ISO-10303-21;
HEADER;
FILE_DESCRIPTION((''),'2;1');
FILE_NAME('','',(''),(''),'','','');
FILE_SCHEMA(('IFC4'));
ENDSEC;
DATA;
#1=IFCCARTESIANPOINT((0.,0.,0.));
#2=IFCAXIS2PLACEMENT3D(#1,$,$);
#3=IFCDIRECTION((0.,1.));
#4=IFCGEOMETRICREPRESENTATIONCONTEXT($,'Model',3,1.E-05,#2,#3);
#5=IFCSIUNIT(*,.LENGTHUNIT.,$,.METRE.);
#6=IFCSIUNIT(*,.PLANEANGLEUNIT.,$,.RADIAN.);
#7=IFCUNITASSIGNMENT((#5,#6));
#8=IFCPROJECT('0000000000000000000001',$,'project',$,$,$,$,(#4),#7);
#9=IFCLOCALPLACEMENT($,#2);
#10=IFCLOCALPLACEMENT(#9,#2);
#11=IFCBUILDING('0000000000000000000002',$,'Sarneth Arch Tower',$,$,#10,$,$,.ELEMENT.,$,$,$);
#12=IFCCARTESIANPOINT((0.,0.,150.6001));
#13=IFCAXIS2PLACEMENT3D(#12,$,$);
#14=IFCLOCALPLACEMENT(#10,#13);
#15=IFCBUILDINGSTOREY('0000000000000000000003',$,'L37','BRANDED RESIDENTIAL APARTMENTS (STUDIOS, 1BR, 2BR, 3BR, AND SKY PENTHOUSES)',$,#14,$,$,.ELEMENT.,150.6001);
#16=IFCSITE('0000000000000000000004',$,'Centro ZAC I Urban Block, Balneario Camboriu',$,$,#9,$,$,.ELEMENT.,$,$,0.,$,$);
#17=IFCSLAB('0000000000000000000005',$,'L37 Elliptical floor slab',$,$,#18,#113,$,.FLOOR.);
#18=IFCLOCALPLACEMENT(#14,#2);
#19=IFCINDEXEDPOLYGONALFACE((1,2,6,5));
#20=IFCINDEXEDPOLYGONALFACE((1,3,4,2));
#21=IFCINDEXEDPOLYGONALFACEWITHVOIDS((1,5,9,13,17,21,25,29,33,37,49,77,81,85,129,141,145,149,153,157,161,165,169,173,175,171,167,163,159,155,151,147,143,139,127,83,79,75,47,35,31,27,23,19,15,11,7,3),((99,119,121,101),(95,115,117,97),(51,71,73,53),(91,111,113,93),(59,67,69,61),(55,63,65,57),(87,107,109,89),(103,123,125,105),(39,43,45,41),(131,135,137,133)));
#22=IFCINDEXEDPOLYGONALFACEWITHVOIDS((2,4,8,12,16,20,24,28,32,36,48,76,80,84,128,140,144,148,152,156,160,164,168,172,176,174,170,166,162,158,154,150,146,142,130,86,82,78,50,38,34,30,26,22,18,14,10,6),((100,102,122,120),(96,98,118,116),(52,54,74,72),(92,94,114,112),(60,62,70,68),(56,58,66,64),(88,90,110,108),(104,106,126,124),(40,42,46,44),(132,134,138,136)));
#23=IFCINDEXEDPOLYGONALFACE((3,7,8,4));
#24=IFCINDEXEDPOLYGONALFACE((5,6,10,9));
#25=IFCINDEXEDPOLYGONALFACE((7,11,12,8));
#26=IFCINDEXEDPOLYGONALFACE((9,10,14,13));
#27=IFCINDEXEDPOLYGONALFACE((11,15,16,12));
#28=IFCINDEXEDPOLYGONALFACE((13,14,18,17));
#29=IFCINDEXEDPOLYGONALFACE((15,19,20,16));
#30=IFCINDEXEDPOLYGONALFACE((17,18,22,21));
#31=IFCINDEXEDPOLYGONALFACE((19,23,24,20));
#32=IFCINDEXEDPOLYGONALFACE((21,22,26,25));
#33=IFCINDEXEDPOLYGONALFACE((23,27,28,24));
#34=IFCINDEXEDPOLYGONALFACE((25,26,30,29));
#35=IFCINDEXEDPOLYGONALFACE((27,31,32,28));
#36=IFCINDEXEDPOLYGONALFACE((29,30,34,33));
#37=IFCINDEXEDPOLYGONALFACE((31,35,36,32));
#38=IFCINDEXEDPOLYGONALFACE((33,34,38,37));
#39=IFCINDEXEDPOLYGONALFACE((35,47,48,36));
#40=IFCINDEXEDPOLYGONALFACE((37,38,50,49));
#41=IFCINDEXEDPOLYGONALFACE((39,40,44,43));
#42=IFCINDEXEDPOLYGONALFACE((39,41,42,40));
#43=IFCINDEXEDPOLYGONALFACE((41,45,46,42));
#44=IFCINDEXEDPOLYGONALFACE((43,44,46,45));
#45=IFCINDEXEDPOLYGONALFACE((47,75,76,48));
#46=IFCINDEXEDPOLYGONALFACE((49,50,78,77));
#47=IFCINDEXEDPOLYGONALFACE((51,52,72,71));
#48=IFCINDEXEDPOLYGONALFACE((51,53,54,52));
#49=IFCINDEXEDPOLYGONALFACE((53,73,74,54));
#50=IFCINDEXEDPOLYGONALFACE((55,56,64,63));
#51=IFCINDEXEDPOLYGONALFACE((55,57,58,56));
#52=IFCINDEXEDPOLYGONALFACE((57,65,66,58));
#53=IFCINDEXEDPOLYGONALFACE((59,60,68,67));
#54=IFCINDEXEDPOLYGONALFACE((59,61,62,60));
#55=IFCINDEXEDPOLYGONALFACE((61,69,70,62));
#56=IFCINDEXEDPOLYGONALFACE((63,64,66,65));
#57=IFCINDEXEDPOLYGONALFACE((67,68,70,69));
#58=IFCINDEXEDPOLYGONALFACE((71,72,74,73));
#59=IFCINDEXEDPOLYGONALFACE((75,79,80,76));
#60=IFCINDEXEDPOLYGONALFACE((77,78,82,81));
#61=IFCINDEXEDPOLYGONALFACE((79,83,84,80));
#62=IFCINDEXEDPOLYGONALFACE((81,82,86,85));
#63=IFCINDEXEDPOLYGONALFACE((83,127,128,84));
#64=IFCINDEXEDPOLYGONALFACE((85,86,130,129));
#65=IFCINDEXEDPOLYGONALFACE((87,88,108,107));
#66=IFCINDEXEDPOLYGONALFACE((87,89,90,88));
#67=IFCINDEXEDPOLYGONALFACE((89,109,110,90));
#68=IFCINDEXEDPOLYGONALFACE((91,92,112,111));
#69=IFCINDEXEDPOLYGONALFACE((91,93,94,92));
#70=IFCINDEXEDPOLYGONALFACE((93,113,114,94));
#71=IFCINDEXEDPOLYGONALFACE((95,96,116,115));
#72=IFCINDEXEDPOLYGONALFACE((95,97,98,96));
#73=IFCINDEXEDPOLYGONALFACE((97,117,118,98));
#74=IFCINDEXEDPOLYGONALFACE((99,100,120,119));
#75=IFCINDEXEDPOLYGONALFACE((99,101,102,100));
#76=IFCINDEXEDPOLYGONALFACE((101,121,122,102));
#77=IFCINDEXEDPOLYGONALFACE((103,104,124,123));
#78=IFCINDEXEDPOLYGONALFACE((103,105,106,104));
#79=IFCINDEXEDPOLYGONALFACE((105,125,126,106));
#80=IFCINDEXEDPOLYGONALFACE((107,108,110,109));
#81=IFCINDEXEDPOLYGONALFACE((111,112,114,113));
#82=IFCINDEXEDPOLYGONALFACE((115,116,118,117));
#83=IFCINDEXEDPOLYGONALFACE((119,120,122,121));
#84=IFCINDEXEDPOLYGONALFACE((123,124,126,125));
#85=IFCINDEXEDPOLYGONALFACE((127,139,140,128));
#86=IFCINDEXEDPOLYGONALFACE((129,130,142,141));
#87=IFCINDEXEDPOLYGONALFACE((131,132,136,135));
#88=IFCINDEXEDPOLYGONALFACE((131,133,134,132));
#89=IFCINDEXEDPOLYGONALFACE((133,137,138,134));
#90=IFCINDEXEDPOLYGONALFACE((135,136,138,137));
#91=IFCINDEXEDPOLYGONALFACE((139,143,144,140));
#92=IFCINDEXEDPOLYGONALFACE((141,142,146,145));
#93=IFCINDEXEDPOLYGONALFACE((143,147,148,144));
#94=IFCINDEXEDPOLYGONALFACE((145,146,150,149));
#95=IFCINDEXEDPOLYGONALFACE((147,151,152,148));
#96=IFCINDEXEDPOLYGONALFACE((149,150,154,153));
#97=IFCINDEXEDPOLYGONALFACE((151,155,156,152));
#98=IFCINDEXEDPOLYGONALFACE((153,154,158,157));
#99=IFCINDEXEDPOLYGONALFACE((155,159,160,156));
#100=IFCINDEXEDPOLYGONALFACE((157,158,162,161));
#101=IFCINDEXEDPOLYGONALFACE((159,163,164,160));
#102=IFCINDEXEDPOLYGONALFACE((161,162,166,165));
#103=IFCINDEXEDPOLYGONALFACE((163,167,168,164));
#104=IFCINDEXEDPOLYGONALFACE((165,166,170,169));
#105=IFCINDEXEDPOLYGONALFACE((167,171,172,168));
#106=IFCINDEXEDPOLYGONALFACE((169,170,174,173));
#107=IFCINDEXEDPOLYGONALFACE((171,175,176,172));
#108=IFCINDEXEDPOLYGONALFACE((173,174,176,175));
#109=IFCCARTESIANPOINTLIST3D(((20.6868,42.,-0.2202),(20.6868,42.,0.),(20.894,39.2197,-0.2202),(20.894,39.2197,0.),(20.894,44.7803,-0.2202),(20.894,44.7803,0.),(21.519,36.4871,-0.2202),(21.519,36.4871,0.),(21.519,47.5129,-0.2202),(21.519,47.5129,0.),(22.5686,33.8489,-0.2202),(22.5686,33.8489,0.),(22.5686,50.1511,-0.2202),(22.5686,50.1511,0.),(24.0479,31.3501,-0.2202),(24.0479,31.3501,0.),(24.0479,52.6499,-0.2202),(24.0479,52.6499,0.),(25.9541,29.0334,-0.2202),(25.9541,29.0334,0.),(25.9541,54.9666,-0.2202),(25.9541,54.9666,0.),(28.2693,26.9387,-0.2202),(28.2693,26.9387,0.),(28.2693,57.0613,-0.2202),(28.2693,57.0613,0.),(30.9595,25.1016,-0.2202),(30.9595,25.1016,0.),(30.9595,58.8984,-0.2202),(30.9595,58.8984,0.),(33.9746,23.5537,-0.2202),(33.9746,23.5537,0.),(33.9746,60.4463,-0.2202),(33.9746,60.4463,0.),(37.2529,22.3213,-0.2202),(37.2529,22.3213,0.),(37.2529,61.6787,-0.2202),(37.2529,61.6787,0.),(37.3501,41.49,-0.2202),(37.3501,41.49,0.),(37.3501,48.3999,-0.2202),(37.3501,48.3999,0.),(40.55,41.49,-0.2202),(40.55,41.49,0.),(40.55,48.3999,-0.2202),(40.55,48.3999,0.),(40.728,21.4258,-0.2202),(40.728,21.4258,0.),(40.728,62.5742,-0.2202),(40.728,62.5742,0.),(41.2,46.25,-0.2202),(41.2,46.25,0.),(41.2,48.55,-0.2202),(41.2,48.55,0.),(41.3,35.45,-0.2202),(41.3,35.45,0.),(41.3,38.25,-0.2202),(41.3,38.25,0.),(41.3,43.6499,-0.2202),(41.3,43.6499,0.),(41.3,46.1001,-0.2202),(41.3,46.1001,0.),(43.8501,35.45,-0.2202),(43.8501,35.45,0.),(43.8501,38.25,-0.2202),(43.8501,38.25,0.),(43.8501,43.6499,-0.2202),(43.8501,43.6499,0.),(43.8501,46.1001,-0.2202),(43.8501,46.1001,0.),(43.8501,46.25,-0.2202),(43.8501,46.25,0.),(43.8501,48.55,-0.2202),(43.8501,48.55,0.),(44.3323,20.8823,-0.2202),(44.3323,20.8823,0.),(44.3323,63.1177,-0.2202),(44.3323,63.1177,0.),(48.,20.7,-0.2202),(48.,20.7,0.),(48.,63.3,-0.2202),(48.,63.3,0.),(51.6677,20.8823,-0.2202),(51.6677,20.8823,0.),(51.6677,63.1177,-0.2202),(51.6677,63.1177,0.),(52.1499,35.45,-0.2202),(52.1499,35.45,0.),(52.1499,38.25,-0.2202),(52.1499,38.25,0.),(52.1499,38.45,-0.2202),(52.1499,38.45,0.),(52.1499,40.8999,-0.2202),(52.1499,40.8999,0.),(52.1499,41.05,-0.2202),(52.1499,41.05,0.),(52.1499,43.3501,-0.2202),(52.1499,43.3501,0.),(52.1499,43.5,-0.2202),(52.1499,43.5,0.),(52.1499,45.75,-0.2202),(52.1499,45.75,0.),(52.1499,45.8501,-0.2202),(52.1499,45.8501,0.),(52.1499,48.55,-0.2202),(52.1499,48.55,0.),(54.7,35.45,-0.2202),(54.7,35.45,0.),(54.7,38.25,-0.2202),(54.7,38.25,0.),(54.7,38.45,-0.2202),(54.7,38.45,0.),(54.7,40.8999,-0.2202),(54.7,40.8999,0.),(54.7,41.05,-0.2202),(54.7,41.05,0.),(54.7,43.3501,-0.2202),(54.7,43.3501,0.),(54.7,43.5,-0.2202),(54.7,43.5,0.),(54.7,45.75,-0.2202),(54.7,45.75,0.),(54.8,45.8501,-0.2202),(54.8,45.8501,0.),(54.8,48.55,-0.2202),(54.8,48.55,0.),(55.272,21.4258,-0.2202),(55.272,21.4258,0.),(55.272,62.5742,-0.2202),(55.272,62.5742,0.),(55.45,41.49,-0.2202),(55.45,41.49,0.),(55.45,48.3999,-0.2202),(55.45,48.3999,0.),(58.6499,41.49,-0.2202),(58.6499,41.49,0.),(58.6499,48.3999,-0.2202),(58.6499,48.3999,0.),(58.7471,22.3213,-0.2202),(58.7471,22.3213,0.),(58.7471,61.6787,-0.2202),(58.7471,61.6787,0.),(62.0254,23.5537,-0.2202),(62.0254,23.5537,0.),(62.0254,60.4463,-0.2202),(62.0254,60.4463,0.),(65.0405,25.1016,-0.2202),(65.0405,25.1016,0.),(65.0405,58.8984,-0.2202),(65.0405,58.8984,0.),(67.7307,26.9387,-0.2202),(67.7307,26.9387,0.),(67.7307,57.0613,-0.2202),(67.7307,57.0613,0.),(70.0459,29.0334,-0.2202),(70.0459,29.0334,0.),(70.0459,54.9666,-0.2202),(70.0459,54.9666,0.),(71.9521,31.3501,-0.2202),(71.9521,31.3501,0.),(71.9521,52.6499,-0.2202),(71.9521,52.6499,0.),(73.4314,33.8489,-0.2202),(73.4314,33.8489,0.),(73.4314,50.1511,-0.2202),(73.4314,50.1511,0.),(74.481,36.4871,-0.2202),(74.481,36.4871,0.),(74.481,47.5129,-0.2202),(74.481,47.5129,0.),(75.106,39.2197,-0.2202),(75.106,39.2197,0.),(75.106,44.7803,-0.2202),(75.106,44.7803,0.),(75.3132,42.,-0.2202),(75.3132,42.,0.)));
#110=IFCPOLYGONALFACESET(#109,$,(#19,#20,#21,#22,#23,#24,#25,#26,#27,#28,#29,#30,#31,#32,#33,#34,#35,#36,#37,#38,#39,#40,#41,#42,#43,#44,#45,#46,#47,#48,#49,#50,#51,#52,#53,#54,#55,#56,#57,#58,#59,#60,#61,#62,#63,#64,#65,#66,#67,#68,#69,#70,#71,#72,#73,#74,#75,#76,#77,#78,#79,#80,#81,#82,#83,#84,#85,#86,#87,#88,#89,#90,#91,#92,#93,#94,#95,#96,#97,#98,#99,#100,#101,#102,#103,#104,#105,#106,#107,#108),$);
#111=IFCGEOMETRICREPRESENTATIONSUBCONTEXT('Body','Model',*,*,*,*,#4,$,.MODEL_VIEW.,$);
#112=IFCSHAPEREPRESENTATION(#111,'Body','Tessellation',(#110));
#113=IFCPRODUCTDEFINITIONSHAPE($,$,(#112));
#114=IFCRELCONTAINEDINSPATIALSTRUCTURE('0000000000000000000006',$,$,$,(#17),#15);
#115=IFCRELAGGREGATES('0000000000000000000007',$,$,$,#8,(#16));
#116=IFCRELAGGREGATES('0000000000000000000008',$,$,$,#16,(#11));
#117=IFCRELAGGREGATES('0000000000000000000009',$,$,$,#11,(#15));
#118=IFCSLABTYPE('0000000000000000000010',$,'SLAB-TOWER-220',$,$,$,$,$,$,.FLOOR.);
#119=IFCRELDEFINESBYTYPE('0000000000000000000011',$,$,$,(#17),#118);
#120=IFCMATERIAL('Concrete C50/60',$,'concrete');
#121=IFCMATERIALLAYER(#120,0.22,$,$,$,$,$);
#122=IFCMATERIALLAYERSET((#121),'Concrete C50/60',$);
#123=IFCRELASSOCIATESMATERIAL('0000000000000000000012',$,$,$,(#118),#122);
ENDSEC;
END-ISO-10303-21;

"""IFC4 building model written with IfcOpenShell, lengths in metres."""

from ifc_helpers import new_model, si_unit, direction, frame, origin, place, context, subcontext, project, spatial, polyline, outline, extrude, material, layer, layer_set, type_object, element, save


model = new_model("IFC4")

# Units and contexts
model_context = context("Model", 3, precision=1e-05, world=origin(), true_north=direction((0.0, 1.0)))
body_context = subcontext(model_context, "Body", "Model", "MODEL_VIEW")
ifc_project = project(units=[si_unit("LENGTHUNIT", "METRE"), si_unit("PLANEANGLEUNIT", "RADIAN")], contexts=[model_context])

# Site, building, storey
site_placement = place(None, origin())
site = spatial("IfcSite", under=ifc_project, at=site_placement, Name="Centro ZAC I Urban Block, Balneario Camboriu", CompositionType="ELEMENT", RefElevation=0.0)
building_placement = place(site_placement, origin())
building = spatial("IfcBuilding", under=site, at=building_placement, Name="Sarneth Arch Tower", CompositionType="ELEMENT")
storey_placement = place(building_placement, frame((0.0, 0.0, 150.6001)))
storey = spatial("IfcBuildingStorey", under=building, at=storey_placement, Name="L37", Description="BRANDED RESIDENTIAL APARTMENTS (STUDIOS, 1BR, 2BR, 3BR, AND SKY PENTHOUSES)", CompositionType="ELEMENT", Elevation=150.6001)

# Slab
ifc_material_1 = material(Name="Concrete C50/60", Category="concrete")
ifc_layer_1 = layer(ifc_material_1, 0.22)
ifc_layer_set_1 = layer_set([ifc_layer_1], Name="Concrete C50/60")
slab_type_1 = type_object("IfcSlabType", Name="SLAB-TOWER-220", PredefinedType="FLOOR", material=ifc_layer_set_1)
slab_1_placement = place(storey_placement, frame((0.0, 0.0, -0.2202)))
element("IfcSlab", 1, at=slab_1_placement, inside=storey, type_object=slab_type_1, Name="L37 Elliptical floor slab", PredefinedType="FLOOR", context=body_context, shape_type="SweptSolid", body=[
    extrude(outline(polyline([(75.3132, 42.0), (75.106, 44.7803), (74.481, 47.5129), (73.4314, 50.1511), (71.9521, 52.6499), (70.0459, 54.9666), (67.7307, 57.0613), (65.0405, 58.8984), (62.0254, 60.4463), (58.7471, 61.6787), (55.272, 62.5742), (51.6677, 63.1177), (48.0, 63.3), (44.3323, 63.1177), (40.728, 62.5742), (37.2529, 61.6787), (33.9746, 60.4463), (30.9595, 58.8984), (28.2693, 57.0613), (25.9541, 54.9666), (24.0479, 52.6499), (22.5686, 50.1511), (21.519, 47.5129), (20.894, 44.7803), (20.6868, 42.0), (20.894, 39.2197), (21.519, 36.4871), (22.5686, 33.8489), (24.0479, 31.3501), (25.9541, 29.0334), (28.2693, 26.9387), (30.9595, 25.1016), (33.9746, 23.5537), (37.2529, 22.3213), (40.728, 21.4258), (44.3323, 20.8823), (48.0, 20.7), (51.6677, 20.8823), (55.272, 21.4258), (58.7471, 22.3213), (62.0254, 23.5537), (65.0405, 25.1016), (67.7307, 26.9387), (70.0459, 29.0334), (71.9521, 31.3501), (73.4314, 33.8489), (74.481, 36.4871), (75.106, 39.2197), (75.3132, 42.0)]), holes=[polyline([(37.3501, 41.49), (40.55, 41.49), (40.55, 48.3999), (37.3501, 48.3999), (37.3501, 41.49)]), polyline([(55.45, 41.49), (58.6499, 41.49), (58.6499, 48.3999), (55.45, 48.3999), (55.45, 41.49)]), polyline([(41.2, 46.25), (43.8501, 46.25), (43.8501, 48.55), (41.2, 48.55), (41.2, 46.25)]), polyline([(41.3, 35.45), (43.8501, 35.45), (43.8501, 38.25), (41.3, 38.25), (41.3, 35.45)]), polyline([(52.1499, 35.45), (54.7, 35.45), (54.7, 38.25), (52.1499, 38.25), (52.1499, 35.45)]), polyline([(52.1499, 45.8501), (54.8, 45.8501), (54.8, 48.55), (52.1499, 48.55), (52.1499, 45.8501)]), polyline([(41.3, 43.6499), (43.8501, 43.6499), (43.8501, 46.1001), (41.3, 46.1001), (41.3, 43.6499)]), polyline([(52.1499, 38.45), (54.7, 38.45), (54.7, 40.8999), (52.1499, 40.8999), (52.1499, 38.45)]), polyline([(52.1499, 41.05), (54.7, 41.05), (54.7, 43.3501), (52.1499, 43.3501), (52.1499, 41.05)]), polyline([(52.1499, 43.5), (54.7, 43.5), (54.7, 45.75), (52.1499, 45.75), (52.1499, 43.5)])]), origin(), (0.0, 0.0, 1.0), 0.2202),
])

save(model, "model.ifc")
